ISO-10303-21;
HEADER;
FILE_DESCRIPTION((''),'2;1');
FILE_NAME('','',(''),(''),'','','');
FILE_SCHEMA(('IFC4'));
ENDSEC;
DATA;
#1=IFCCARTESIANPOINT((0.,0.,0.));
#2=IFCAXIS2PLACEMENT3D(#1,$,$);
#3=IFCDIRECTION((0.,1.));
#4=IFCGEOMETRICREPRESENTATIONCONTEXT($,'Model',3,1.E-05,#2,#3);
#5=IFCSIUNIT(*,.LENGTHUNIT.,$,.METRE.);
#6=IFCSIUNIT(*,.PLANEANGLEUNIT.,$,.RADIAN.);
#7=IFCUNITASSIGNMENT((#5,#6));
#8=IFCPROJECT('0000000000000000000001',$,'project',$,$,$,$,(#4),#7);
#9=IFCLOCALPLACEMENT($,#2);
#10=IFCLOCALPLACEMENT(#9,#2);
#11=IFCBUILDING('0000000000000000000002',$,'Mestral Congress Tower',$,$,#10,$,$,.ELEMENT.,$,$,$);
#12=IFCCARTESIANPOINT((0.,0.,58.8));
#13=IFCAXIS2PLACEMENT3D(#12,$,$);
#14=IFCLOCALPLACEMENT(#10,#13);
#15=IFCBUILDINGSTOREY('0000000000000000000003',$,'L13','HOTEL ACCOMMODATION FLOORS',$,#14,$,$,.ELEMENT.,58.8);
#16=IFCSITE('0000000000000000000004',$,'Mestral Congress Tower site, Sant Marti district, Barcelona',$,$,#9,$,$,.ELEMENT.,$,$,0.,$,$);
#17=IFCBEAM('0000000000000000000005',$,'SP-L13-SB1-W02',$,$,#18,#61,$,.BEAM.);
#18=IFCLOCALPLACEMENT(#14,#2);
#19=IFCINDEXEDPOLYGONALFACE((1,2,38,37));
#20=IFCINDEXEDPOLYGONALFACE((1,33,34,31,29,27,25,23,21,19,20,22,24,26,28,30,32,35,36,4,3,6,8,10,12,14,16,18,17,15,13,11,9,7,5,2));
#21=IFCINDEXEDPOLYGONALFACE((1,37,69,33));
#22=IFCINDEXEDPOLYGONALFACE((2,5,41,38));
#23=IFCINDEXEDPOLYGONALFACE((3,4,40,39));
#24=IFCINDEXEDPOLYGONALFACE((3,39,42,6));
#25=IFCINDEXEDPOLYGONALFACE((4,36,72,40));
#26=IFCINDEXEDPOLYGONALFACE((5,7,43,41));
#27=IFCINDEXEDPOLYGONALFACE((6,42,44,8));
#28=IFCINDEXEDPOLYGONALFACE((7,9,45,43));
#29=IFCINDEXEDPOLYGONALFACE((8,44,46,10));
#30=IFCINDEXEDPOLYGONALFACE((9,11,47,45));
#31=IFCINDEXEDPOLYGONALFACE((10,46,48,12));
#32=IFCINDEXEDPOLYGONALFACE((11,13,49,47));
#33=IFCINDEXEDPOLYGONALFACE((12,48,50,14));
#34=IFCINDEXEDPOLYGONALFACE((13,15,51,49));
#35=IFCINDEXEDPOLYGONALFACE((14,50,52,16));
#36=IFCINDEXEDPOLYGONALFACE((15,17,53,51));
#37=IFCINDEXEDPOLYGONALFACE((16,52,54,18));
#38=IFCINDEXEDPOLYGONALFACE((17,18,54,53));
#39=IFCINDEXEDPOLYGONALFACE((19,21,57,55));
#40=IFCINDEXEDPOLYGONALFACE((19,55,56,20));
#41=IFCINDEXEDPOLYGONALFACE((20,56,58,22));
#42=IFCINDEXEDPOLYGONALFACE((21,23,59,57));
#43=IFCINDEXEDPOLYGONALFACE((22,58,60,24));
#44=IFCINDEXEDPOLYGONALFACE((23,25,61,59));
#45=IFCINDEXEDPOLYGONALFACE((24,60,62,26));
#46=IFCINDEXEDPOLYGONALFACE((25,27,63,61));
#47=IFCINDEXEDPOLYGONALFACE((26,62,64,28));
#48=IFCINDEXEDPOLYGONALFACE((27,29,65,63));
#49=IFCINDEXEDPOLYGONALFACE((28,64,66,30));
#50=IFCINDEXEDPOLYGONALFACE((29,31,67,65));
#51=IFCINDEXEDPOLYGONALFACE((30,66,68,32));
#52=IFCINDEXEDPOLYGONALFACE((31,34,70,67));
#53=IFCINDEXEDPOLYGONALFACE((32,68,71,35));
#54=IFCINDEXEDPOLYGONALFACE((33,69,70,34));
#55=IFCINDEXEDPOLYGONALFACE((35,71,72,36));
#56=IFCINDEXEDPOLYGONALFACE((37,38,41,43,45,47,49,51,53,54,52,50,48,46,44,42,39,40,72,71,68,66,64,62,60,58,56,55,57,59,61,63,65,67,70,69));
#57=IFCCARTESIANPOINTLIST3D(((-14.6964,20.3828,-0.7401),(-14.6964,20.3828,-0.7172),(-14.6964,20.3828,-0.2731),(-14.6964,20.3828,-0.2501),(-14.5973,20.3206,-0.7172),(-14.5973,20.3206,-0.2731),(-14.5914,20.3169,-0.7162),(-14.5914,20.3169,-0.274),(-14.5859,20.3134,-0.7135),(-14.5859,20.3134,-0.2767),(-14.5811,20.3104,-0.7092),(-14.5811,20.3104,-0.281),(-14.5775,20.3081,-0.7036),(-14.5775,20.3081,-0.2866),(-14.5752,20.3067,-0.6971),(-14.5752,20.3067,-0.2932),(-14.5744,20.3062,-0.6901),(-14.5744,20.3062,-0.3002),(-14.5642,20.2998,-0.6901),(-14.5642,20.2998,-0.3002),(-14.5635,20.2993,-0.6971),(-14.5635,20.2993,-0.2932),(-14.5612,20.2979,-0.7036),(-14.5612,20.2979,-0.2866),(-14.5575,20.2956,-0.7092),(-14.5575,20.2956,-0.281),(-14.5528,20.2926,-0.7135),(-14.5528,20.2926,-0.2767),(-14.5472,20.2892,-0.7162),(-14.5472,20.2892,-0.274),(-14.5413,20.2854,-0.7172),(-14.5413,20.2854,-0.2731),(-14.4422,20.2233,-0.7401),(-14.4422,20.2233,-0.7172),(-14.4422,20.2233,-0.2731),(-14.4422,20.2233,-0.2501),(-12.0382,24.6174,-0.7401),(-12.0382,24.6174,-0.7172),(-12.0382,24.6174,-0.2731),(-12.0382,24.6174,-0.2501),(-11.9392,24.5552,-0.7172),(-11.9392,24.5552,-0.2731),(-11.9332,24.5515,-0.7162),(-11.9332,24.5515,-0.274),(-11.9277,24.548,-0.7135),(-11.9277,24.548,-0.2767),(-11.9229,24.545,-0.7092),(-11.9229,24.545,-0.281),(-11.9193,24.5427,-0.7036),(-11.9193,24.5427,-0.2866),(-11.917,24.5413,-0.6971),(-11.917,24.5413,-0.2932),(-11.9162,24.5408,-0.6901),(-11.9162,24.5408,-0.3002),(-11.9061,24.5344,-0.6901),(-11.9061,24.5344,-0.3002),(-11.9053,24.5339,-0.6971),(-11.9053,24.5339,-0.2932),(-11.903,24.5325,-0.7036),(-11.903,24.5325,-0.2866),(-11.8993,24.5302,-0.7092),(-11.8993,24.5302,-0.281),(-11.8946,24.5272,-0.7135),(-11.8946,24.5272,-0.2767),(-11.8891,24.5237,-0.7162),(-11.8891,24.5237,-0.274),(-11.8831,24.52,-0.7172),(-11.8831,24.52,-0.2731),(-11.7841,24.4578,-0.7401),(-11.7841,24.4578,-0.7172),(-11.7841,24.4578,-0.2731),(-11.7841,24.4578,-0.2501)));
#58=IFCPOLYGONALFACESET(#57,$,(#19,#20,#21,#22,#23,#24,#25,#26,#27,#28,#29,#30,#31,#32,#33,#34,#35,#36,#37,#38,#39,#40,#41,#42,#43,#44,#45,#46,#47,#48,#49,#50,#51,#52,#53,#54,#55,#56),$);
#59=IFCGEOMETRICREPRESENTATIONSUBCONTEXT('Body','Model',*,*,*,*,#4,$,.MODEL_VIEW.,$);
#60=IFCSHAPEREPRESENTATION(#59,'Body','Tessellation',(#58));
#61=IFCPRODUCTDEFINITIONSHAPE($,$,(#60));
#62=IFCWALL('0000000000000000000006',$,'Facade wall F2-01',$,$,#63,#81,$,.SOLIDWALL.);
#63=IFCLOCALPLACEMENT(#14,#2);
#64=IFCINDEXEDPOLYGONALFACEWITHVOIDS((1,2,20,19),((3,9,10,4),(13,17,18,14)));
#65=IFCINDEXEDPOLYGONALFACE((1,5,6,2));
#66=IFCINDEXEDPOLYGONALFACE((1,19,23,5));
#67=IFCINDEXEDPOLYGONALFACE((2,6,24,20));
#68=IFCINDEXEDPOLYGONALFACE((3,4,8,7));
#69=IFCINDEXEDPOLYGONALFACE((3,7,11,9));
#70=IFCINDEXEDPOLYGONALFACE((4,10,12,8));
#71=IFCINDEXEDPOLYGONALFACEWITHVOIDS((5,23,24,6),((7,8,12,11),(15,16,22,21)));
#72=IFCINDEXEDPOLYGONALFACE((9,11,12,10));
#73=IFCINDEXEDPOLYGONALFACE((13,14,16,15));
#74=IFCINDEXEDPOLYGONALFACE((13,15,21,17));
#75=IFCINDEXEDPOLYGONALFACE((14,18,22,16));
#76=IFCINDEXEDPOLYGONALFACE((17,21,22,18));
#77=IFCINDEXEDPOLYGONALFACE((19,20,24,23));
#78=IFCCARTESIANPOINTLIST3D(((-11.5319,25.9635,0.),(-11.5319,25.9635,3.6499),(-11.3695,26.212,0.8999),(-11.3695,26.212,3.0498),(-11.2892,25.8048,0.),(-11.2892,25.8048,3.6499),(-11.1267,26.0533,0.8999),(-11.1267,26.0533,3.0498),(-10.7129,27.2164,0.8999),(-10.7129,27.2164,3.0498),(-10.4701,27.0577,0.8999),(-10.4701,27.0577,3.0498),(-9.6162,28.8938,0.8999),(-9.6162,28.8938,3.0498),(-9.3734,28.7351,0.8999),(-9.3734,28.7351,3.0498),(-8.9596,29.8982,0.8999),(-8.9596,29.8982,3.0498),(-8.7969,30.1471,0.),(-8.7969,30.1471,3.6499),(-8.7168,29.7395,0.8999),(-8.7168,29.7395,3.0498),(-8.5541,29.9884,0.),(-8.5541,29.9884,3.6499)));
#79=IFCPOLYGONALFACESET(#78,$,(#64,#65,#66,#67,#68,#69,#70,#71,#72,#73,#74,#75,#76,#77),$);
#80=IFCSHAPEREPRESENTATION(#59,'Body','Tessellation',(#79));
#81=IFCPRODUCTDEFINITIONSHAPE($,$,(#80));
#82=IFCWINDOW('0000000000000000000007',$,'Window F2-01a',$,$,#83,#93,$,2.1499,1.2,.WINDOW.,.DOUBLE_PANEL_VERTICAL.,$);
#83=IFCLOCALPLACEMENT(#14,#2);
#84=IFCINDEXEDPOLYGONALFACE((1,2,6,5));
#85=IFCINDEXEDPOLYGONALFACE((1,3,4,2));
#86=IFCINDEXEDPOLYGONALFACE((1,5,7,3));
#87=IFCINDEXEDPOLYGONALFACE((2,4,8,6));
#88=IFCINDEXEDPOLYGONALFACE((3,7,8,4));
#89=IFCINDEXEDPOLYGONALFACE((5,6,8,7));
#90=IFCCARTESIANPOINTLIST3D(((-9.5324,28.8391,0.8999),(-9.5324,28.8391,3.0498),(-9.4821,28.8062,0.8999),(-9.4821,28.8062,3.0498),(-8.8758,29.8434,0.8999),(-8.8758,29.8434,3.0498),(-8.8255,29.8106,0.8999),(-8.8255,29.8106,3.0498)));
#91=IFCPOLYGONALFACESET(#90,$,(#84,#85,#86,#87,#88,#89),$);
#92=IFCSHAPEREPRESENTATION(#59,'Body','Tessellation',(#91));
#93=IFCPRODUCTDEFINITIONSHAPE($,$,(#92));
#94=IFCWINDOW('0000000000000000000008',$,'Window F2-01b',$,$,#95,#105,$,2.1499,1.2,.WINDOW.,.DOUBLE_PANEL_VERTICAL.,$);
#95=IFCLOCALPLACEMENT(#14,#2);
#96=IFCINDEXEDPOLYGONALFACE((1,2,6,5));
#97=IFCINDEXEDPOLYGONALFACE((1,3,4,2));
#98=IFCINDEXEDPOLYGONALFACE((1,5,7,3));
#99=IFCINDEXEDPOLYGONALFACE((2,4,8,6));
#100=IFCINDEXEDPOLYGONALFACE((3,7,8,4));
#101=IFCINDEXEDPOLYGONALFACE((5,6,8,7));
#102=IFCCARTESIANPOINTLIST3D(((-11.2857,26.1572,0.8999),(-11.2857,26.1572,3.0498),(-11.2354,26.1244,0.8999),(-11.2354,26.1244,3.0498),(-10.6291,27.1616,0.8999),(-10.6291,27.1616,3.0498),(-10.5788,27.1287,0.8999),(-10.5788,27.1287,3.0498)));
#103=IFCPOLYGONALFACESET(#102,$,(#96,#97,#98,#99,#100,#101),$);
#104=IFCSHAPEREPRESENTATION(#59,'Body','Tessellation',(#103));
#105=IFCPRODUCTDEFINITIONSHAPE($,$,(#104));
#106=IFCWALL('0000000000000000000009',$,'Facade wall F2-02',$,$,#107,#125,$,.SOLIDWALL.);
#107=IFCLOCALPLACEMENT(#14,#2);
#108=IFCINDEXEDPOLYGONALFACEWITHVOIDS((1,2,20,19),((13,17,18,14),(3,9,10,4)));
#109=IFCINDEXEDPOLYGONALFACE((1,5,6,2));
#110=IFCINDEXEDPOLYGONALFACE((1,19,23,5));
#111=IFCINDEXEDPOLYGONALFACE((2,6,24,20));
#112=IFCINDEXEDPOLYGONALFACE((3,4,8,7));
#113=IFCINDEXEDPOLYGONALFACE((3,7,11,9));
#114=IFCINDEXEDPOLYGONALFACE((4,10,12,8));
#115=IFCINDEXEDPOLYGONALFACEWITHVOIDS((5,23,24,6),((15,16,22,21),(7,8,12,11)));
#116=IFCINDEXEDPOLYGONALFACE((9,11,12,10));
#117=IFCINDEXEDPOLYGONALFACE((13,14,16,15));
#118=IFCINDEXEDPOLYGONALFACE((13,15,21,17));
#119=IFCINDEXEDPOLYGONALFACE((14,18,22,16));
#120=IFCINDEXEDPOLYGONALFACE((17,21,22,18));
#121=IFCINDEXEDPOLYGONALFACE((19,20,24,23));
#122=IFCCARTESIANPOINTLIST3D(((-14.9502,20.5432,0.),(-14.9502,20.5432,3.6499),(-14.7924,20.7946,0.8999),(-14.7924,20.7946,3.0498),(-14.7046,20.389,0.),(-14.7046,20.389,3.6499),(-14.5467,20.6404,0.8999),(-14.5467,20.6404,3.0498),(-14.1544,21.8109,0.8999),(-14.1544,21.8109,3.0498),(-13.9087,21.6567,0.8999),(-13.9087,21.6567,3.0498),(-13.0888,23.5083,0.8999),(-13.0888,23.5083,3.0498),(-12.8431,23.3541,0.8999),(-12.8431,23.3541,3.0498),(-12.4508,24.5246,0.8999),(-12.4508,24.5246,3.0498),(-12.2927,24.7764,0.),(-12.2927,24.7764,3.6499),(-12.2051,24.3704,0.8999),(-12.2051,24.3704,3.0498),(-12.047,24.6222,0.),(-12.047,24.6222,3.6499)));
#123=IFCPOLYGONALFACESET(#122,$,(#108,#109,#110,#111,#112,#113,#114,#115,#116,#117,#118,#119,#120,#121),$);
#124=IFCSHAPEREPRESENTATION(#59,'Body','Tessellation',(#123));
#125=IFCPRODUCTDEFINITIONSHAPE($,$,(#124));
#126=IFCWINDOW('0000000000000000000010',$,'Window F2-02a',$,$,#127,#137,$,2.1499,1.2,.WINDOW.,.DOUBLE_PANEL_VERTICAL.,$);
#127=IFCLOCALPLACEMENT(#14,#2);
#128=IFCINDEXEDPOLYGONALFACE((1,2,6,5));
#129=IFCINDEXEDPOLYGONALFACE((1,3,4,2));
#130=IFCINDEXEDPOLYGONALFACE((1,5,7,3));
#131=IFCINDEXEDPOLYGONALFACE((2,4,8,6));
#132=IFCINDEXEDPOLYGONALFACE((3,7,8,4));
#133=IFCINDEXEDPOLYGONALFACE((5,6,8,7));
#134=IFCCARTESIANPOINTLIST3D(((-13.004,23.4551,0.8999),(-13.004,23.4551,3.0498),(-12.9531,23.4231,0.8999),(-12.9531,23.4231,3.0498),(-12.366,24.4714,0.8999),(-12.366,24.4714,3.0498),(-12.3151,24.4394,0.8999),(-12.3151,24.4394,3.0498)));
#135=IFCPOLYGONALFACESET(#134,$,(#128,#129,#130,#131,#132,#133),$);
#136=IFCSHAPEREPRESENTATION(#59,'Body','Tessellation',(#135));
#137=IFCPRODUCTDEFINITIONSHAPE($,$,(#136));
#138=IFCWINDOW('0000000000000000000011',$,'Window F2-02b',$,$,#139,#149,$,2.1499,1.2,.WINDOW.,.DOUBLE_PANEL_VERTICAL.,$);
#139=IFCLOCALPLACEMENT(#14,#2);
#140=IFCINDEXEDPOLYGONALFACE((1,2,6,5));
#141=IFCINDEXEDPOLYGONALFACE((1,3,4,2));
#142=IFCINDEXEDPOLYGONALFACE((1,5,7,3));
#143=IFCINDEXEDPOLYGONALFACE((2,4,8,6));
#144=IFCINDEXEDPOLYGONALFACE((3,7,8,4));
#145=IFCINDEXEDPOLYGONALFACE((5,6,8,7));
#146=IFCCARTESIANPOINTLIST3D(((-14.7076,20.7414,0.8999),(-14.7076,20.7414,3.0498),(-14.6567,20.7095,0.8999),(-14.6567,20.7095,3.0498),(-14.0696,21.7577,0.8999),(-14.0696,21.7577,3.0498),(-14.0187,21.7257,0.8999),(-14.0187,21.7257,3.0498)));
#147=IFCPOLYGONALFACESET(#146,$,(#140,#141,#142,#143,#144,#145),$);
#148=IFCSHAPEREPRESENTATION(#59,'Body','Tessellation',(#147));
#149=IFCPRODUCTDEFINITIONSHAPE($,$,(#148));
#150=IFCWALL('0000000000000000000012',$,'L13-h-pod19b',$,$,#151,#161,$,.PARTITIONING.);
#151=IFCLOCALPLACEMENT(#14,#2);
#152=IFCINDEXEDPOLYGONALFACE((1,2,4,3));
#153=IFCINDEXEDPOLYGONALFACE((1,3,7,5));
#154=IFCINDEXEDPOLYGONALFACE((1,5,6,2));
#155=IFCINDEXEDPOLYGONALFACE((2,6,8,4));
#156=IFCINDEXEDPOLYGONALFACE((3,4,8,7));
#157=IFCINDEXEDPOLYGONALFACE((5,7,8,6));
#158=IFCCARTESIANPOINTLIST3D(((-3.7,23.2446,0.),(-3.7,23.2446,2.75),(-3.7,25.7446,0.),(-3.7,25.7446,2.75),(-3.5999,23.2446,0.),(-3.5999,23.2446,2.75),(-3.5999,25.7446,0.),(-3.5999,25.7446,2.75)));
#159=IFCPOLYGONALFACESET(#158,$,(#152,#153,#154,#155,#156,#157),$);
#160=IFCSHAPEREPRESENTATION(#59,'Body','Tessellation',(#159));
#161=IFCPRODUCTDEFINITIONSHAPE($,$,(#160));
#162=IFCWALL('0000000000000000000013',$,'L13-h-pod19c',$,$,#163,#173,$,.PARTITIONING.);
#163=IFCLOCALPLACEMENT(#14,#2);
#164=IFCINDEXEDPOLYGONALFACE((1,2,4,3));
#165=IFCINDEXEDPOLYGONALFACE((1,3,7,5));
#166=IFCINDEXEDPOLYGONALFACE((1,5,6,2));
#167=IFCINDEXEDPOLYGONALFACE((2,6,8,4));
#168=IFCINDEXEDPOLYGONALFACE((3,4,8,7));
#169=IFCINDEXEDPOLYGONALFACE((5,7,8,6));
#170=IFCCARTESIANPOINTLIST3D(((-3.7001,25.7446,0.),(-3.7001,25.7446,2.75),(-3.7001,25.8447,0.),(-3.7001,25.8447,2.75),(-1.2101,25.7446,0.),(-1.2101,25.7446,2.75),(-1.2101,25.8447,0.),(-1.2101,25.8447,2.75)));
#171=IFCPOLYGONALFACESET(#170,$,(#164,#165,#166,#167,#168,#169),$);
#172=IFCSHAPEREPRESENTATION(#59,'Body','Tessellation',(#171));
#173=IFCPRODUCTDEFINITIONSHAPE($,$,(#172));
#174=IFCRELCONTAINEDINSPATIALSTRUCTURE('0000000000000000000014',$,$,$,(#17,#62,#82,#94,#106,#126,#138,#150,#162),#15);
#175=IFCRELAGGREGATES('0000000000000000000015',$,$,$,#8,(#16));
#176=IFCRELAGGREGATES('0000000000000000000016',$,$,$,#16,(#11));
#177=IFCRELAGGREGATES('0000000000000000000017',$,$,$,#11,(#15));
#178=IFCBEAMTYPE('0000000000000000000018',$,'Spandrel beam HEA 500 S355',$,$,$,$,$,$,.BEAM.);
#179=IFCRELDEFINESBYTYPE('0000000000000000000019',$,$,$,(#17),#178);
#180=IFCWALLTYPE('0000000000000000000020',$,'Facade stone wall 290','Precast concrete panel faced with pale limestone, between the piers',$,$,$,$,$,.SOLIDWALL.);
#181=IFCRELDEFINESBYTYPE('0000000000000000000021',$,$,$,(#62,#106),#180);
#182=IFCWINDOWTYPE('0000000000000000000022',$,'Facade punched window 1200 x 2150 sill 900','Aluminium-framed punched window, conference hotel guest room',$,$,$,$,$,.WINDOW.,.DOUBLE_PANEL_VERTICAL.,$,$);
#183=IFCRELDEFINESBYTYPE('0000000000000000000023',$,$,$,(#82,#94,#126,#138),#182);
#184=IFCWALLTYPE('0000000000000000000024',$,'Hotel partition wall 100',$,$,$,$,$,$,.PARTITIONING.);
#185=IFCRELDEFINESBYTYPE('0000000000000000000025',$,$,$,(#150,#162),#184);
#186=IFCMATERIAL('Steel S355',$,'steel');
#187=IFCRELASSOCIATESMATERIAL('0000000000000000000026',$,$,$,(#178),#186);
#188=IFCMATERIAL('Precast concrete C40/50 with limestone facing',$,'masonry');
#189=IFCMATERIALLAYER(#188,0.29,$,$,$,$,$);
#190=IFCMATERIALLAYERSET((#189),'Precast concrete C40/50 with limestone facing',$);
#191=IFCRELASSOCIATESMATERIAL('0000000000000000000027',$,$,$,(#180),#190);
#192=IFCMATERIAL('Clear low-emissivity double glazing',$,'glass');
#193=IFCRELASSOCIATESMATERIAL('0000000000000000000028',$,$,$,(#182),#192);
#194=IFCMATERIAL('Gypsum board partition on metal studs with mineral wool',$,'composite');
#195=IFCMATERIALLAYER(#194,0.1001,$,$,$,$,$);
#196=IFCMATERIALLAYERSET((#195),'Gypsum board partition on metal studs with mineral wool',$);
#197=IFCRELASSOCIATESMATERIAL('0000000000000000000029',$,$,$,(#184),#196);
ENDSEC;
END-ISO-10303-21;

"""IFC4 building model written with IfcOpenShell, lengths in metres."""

from ifc_helpers import new_model, si_unit, direction, frame, frame_2d, origin, origin_2d, place, context, subcontext, project, spatial, rectangle, i_section, extrude, material, layer, layer_set, material_profile, profile_set, type_object, element, fill, save


model = new_model("IFC4")

# Units and contexts
model_context = context("Model", 3, precision=1e-05, world=origin(), true_north=direction((0.0, 1.0)))
body_context = subcontext(model_context, "Body", "Model", "MODEL_VIEW")
ifc_project = project(units=[si_unit("LENGTHUNIT", "METRE"), si_unit("PLANEANGLEUNIT", "RADIAN")], contexts=[model_context])

# Site, building, storey
site_placement = place(None, origin())
site = spatial("IfcSite", under=ifc_project, at=site_placement, Name="Mestral Congress Tower site, Sant Marti district, Barcelona", CompositionType="ELEMENT", RefElevation=0.0)
building_placement = place(site_placement, origin())
building = spatial("IfcBuilding", under=site, at=building_placement, Name="Mestral Congress Tower", CompositionType="ELEMENT")
storey_placement = place(building_placement, frame((0.0, 0.0, 58.8)))
storey = spatial("IfcBuildingStorey", under=building, at=storey_placement, Name="L13", Description="HOTEL ACCOMMODATION FLOORS", CompositionType="ELEMENT", Elevation=58.8)

# Beam
ifc_material_1 = material(Name="Steel S355", Category="steel")
ifc_material_profile_1 = material_profile(ifc_material_1, i_section(OverallWidth=0.3, OverallDepth=0.49, WebThickness=0.012, FlangeThickness=0.0229, FilletRadius=0.0271, at=origin_2d()), Name="HEA 500")
ifc_profile_set_1 = profile_set([ifc_material_profile_1], Name="Steel S355")
beam_type_1 = type_object("IfcBeamType", Name="Spandrel beam HEA 500 S355", PredefinedType="BEAM", material=ifc_profile_set_1)
beam_1_placement = place(storey_placement, frame((-11.9111, 24.5376, -0.4951), z_axis=(-0.531661, -0.846957, 0.0), x_axis=(0.846957, -0.531661, 0.0)))
element("IfcBeam", 1, at=beam_1_placement, inside=storey, type_object=beam_type_1, Name="SP-L13-SB1-W02", PredefinedType="BEAM", context=body_context, shape_type="SweptSolid", body=[
    extrude(i_section(OverallWidth=0.3, OverallDepth=0.49, WebThickness=0.012, FlangeThickness=0.0229, FilletRadius=0.0271, at=origin_2d()), origin(), (0.0, 0.0, 1.0), 4.9998),
])

# Walls, openings, windows
ifc_material_2 = material(Name="Precast concrete C40/50 with limestone facing", Category="masonry")
ifc_layer_1 = layer(ifc_material_2, 0.29)
ifc_layer_set_1 = layer_set([ifc_layer_1], Name="Precast concrete C40/50 with limestone facing")
wall_type_1 = type_object("IfcWallType", Name="Facade stone wall 290", Description="Precast concrete panel faced with pale limestone, between the piers", PredefinedType="SOLIDWALL", material=ifc_layer_set_1)
wall_1_placement = place(storey_placement, frame((-8.6755, 30.0676, 0.0), z_axis=(0.0, 0.0, 1.0), x_axis=(-0.547205, -0.836999, 0.0)))
wall_1 = element("IfcWall", 2, at=wall_1_placement, inside=storey, type_object=wall_type_1, Name="Facade wall F2-01", PredefinedType="SOLIDWALL", context=body_context, shape_type="SweptSolid", body=[
    extrude(rectangle(XDim=4.9983, YDim=0.29, at=frame_2d((2.499, 0.0))), origin(), (0.0, 0.0, 1.0), 3.6499),
])
opening_1_placement = place(wall_1_placement, frame((0.2971, 0.0, 0.8999)))
opening_1 = element("IfcOpeningElement", 3, at=opening_1_placement, cuts=wall_1, PredefinedType="OPENING", context=body_context, shape_type="SweptSolid", body=[
    extrude(rectangle(XDim=1.2, YDim=2.1499, at=frame_2d((0.6001, 1.075))), frame((0.0, 0.155, 0.0), z_axis=(0.0, -1.0, 0.0), x_axis=(1.0, 0.0, 0.0)), (0.0, 0.0, 1.0), 0.3101),
])
opening_2_placement = place(wall_1_placement, frame((3.5012, 0.0, 0.8999)))
opening_2 = element("IfcOpeningElement", 4, at=opening_2_placement, cuts=wall_1, PredefinedType="OPENING", context=body_context, shape_type="SweptSolid", body=[
    extrude(rectangle(XDim=1.2, YDim=2.1499, at=frame_2d((0.6001, 1.075))), frame((0.0, 0.155, 0.0), z_axis=(0.0, -1.0, 0.0), x_axis=(1.0, 0.0, 0.0)), (0.0, 0.0, 1.0), 0.3101),
])
ifc_material_3 = material(Name="Clear low-emissivity double glazing", Category="glass")
window_type = type_object("IfcWindowType", Name="Facade punched window 1200 x 2150 sill 900", Description="Aluminium-framed punched window, conference hotel guest room", PartitioningType="DOUBLE_PANEL_VERTICAL", PredefinedType="WINDOW", material=ifc_material_3)
window_1_placement = place(opening_1_placement, origin())
window_1 = element("IfcWindow", 5, at=window_1_placement, inside=storey, type_object=window_type, Name="Window F2-01a", OverallHeight=2.1499, OverallWidth=1.2, PartitioningType="DOUBLE_PANEL_VERTICAL", PredefinedType="WINDOW", context=body_context, shape_type="SweptSolid", body=[
    extrude(rectangle(XDim=1.2, YDim=2.1499, at=frame_2d((0.6001, 1.075))), frame((0.0, 0.0151, 0.0), z_axis=(0.0, -1.0, 0.0), x_axis=(1.0, 0.0, 0.0)), (0.0, 0.0, 1.0), 0.0601),
])
fill(opening_1, window_1)
window_2_placement = place(opening_2_placement, origin())
window_2 = element("IfcWindow", 6, at=window_2_placement, inside=storey, type_object=window_type, Name="Window F2-01b", OverallHeight=2.1499, OverallWidth=1.2, PartitioningType="DOUBLE_PANEL_VERTICAL", PredefinedType="WINDOW", context=body_context, shape_type="SweptSolid", body=[
    extrude(rectangle(XDim=1.2, YDim=2.1499, at=frame_2d((0.6001, 1.075))), frame((0.0, 0.0151, 0.0), z_axis=(0.0, -1.0, 0.0), x_axis=(1.0, 0.0, 0.0)), (0.0, 0.0, 1.0), 0.0601),
])
fill(opening_2, window_2)
wall_2_placement = place(storey_placement, frame((-12.1699, 24.6992, 0.0), z_axis=(0.0, 0.0, 1.0), x_axis=(-0.531688, -0.84694, 0.0)))
wall_2 = element("IfcWall", 7, at=wall_2_placement, inside=storey, type_object=wall_type_1, Name="Facade wall F2-02", PredefinedType="SOLIDWALL", context=body_context, shape_type="SweptSolid", body=[
    extrude(rectangle(XDim=4.9983, YDim=0.29, at=frame_2d((2.499, 0.0))), origin(), (0.0, 0.0, 1.0), 3.6499),
])
opening_3_placement = place(wall_2_placement, frame((0.2971, 0.0, 0.8999)))
opening_3 = element("IfcOpeningElement", 8, at=opening_3_placement, cuts=wall_2, PredefinedType="OPENING", context=body_context, shape_type="SweptSolid", body=[
    extrude(rectangle(XDim=1.2, YDim=2.1499, at=frame_2d((0.6001, 1.075))), frame((0.0, 0.155, 0.0), z_axis=(0.0, -1.0, 0.0), x_axis=(1.0, 0.0, 0.0)), (0.0, 0.0, 1.0), 0.3101),
])
opening_4_placement = place(wall_2_placement, frame((3.5012, 0.0, 0.8999)))
opening_4 = element("IfcOpeningElement", 9, at=opening_4_placement, cuts=wall_2, PredefinedType="OPENING", context=body_context, shape_type="SweptSolid", body=[
    extrude(rectangle(XDim=1.2, YDim=2.1499, at=frame_2d((0.6001, 1.075))), frame((0.0, 0.155, 0.0), z_axis=(0.0, -1.0, 0.0), x_axis=(1.0, 0.0, 0.0)), (0.0, 0.0, 1.0), 0.3101),
])
window_3_placement = place(opening_3_placement, origin())
window_3 = element("IfcWindow", 10, at=window_3_placement, inside=storey, type_object=window_type, Name="Window F2-02a", OverallHeight=2.1499, OverallWidth=1.2, PartitioningType="DOUBLE_PANEL_VERTICAL", PredefinedType="WINDOW", context=body_context, shape_type="SweptSolid", body=[
    extrude(rectangle(XDim=1.2, YDim=2.1499, at=frame_2d((0.6001, 1.075))), frame((0.0, 0.0151, 0.0), z_axis=(0.0, -1.0, 0.0), x_axis=(1.0, 0.0, 0.0)), (0.0, 0.0, 1.0), 0.0601),
])
fill(opening_3, window_3)
window_4_placement = place(opening_4_placement, origin())
window_4 = element("IfcWindow", 11, at=window_4_placement, inside=storey, type_object=window_type, Name="Window F2-02b", OverallHeight=2.1499, OverallWidth=1.2, PartitioningType="DOUBLE_PANEL_VERTICAL", PredefinedType="WINDOW", context=body_context, shape_type="SweptSolid", body=[
    extrude(rectangle(XDim=1.2, YDim=2.1499, at=frame_2d((0.6001, 1.075))), frame((0.0, 0.0151, 0.0), z_axis=(0.0, -1.0, 0.0), x_axis=(1.0, 0.0, 0.0)), (0.0, 0.0, 1.0), 0.0601),
])
fill(opening_4, window_4)

# Walls
ifc_material_4 = material(Name="Gypsum board partition on metal studs with mineral wool", Category="composite")
ifc_layer_2 = layer(ifc_material_4, 0.1001)
ifc_layer_set_2 = layer_set([ifc_layer_2], Name="Gypsum board partition on metal studs with mineral wool")
wall_type_2 = type_object("IfcWallType", Name="Hotel partition wall 100", PredefinedType="PARTITIONING", material=ifc_layer_set_2)
wall_3_placement = place(storey_placement, frame((-3.6499, 23.2446, 0.0), z_axis=(0.0, 0.0, 1.0), x_axis=(0.0, 1.0, 0.0)))
element("IfcWall", 12, at=wall_3_placement, inside=storey, type_object=wall_type_2, Name="L13-h-pod19b", PredefinedType="PARTITIONING", context=body_context, shape_type="SweptSolid", body=[
    extrude(rectangle(XDim=2.5, YDim=0.1001, at=frame_2d((1.25, 0.0))), origin(), (0.0, 0.0, 1.0), 2.75),
])
wall_4_placement = place(storey_placement, frame((-1.21, 25.7947, 0.0), z_axis=(0.0, 0.0, 1.0), x_axis=(-1.0, 0.0, 0.0)))
element("IfcWall", 13, at=wall_4_placement, inside=storey, type_object=wall_type_2, Name="L13-h-pod19c", PredefinedType="PARTITIONING", context=body_context, shape_type="SweptSolid", body=[
    extrude(rectangle(XDim=2.49, YDim=0.1001, at=frame_2d((1.2451, 0.0))), origin(), (0.0, 0.0, 1.0), 2.75),
])

save(model, "model.ifc")
